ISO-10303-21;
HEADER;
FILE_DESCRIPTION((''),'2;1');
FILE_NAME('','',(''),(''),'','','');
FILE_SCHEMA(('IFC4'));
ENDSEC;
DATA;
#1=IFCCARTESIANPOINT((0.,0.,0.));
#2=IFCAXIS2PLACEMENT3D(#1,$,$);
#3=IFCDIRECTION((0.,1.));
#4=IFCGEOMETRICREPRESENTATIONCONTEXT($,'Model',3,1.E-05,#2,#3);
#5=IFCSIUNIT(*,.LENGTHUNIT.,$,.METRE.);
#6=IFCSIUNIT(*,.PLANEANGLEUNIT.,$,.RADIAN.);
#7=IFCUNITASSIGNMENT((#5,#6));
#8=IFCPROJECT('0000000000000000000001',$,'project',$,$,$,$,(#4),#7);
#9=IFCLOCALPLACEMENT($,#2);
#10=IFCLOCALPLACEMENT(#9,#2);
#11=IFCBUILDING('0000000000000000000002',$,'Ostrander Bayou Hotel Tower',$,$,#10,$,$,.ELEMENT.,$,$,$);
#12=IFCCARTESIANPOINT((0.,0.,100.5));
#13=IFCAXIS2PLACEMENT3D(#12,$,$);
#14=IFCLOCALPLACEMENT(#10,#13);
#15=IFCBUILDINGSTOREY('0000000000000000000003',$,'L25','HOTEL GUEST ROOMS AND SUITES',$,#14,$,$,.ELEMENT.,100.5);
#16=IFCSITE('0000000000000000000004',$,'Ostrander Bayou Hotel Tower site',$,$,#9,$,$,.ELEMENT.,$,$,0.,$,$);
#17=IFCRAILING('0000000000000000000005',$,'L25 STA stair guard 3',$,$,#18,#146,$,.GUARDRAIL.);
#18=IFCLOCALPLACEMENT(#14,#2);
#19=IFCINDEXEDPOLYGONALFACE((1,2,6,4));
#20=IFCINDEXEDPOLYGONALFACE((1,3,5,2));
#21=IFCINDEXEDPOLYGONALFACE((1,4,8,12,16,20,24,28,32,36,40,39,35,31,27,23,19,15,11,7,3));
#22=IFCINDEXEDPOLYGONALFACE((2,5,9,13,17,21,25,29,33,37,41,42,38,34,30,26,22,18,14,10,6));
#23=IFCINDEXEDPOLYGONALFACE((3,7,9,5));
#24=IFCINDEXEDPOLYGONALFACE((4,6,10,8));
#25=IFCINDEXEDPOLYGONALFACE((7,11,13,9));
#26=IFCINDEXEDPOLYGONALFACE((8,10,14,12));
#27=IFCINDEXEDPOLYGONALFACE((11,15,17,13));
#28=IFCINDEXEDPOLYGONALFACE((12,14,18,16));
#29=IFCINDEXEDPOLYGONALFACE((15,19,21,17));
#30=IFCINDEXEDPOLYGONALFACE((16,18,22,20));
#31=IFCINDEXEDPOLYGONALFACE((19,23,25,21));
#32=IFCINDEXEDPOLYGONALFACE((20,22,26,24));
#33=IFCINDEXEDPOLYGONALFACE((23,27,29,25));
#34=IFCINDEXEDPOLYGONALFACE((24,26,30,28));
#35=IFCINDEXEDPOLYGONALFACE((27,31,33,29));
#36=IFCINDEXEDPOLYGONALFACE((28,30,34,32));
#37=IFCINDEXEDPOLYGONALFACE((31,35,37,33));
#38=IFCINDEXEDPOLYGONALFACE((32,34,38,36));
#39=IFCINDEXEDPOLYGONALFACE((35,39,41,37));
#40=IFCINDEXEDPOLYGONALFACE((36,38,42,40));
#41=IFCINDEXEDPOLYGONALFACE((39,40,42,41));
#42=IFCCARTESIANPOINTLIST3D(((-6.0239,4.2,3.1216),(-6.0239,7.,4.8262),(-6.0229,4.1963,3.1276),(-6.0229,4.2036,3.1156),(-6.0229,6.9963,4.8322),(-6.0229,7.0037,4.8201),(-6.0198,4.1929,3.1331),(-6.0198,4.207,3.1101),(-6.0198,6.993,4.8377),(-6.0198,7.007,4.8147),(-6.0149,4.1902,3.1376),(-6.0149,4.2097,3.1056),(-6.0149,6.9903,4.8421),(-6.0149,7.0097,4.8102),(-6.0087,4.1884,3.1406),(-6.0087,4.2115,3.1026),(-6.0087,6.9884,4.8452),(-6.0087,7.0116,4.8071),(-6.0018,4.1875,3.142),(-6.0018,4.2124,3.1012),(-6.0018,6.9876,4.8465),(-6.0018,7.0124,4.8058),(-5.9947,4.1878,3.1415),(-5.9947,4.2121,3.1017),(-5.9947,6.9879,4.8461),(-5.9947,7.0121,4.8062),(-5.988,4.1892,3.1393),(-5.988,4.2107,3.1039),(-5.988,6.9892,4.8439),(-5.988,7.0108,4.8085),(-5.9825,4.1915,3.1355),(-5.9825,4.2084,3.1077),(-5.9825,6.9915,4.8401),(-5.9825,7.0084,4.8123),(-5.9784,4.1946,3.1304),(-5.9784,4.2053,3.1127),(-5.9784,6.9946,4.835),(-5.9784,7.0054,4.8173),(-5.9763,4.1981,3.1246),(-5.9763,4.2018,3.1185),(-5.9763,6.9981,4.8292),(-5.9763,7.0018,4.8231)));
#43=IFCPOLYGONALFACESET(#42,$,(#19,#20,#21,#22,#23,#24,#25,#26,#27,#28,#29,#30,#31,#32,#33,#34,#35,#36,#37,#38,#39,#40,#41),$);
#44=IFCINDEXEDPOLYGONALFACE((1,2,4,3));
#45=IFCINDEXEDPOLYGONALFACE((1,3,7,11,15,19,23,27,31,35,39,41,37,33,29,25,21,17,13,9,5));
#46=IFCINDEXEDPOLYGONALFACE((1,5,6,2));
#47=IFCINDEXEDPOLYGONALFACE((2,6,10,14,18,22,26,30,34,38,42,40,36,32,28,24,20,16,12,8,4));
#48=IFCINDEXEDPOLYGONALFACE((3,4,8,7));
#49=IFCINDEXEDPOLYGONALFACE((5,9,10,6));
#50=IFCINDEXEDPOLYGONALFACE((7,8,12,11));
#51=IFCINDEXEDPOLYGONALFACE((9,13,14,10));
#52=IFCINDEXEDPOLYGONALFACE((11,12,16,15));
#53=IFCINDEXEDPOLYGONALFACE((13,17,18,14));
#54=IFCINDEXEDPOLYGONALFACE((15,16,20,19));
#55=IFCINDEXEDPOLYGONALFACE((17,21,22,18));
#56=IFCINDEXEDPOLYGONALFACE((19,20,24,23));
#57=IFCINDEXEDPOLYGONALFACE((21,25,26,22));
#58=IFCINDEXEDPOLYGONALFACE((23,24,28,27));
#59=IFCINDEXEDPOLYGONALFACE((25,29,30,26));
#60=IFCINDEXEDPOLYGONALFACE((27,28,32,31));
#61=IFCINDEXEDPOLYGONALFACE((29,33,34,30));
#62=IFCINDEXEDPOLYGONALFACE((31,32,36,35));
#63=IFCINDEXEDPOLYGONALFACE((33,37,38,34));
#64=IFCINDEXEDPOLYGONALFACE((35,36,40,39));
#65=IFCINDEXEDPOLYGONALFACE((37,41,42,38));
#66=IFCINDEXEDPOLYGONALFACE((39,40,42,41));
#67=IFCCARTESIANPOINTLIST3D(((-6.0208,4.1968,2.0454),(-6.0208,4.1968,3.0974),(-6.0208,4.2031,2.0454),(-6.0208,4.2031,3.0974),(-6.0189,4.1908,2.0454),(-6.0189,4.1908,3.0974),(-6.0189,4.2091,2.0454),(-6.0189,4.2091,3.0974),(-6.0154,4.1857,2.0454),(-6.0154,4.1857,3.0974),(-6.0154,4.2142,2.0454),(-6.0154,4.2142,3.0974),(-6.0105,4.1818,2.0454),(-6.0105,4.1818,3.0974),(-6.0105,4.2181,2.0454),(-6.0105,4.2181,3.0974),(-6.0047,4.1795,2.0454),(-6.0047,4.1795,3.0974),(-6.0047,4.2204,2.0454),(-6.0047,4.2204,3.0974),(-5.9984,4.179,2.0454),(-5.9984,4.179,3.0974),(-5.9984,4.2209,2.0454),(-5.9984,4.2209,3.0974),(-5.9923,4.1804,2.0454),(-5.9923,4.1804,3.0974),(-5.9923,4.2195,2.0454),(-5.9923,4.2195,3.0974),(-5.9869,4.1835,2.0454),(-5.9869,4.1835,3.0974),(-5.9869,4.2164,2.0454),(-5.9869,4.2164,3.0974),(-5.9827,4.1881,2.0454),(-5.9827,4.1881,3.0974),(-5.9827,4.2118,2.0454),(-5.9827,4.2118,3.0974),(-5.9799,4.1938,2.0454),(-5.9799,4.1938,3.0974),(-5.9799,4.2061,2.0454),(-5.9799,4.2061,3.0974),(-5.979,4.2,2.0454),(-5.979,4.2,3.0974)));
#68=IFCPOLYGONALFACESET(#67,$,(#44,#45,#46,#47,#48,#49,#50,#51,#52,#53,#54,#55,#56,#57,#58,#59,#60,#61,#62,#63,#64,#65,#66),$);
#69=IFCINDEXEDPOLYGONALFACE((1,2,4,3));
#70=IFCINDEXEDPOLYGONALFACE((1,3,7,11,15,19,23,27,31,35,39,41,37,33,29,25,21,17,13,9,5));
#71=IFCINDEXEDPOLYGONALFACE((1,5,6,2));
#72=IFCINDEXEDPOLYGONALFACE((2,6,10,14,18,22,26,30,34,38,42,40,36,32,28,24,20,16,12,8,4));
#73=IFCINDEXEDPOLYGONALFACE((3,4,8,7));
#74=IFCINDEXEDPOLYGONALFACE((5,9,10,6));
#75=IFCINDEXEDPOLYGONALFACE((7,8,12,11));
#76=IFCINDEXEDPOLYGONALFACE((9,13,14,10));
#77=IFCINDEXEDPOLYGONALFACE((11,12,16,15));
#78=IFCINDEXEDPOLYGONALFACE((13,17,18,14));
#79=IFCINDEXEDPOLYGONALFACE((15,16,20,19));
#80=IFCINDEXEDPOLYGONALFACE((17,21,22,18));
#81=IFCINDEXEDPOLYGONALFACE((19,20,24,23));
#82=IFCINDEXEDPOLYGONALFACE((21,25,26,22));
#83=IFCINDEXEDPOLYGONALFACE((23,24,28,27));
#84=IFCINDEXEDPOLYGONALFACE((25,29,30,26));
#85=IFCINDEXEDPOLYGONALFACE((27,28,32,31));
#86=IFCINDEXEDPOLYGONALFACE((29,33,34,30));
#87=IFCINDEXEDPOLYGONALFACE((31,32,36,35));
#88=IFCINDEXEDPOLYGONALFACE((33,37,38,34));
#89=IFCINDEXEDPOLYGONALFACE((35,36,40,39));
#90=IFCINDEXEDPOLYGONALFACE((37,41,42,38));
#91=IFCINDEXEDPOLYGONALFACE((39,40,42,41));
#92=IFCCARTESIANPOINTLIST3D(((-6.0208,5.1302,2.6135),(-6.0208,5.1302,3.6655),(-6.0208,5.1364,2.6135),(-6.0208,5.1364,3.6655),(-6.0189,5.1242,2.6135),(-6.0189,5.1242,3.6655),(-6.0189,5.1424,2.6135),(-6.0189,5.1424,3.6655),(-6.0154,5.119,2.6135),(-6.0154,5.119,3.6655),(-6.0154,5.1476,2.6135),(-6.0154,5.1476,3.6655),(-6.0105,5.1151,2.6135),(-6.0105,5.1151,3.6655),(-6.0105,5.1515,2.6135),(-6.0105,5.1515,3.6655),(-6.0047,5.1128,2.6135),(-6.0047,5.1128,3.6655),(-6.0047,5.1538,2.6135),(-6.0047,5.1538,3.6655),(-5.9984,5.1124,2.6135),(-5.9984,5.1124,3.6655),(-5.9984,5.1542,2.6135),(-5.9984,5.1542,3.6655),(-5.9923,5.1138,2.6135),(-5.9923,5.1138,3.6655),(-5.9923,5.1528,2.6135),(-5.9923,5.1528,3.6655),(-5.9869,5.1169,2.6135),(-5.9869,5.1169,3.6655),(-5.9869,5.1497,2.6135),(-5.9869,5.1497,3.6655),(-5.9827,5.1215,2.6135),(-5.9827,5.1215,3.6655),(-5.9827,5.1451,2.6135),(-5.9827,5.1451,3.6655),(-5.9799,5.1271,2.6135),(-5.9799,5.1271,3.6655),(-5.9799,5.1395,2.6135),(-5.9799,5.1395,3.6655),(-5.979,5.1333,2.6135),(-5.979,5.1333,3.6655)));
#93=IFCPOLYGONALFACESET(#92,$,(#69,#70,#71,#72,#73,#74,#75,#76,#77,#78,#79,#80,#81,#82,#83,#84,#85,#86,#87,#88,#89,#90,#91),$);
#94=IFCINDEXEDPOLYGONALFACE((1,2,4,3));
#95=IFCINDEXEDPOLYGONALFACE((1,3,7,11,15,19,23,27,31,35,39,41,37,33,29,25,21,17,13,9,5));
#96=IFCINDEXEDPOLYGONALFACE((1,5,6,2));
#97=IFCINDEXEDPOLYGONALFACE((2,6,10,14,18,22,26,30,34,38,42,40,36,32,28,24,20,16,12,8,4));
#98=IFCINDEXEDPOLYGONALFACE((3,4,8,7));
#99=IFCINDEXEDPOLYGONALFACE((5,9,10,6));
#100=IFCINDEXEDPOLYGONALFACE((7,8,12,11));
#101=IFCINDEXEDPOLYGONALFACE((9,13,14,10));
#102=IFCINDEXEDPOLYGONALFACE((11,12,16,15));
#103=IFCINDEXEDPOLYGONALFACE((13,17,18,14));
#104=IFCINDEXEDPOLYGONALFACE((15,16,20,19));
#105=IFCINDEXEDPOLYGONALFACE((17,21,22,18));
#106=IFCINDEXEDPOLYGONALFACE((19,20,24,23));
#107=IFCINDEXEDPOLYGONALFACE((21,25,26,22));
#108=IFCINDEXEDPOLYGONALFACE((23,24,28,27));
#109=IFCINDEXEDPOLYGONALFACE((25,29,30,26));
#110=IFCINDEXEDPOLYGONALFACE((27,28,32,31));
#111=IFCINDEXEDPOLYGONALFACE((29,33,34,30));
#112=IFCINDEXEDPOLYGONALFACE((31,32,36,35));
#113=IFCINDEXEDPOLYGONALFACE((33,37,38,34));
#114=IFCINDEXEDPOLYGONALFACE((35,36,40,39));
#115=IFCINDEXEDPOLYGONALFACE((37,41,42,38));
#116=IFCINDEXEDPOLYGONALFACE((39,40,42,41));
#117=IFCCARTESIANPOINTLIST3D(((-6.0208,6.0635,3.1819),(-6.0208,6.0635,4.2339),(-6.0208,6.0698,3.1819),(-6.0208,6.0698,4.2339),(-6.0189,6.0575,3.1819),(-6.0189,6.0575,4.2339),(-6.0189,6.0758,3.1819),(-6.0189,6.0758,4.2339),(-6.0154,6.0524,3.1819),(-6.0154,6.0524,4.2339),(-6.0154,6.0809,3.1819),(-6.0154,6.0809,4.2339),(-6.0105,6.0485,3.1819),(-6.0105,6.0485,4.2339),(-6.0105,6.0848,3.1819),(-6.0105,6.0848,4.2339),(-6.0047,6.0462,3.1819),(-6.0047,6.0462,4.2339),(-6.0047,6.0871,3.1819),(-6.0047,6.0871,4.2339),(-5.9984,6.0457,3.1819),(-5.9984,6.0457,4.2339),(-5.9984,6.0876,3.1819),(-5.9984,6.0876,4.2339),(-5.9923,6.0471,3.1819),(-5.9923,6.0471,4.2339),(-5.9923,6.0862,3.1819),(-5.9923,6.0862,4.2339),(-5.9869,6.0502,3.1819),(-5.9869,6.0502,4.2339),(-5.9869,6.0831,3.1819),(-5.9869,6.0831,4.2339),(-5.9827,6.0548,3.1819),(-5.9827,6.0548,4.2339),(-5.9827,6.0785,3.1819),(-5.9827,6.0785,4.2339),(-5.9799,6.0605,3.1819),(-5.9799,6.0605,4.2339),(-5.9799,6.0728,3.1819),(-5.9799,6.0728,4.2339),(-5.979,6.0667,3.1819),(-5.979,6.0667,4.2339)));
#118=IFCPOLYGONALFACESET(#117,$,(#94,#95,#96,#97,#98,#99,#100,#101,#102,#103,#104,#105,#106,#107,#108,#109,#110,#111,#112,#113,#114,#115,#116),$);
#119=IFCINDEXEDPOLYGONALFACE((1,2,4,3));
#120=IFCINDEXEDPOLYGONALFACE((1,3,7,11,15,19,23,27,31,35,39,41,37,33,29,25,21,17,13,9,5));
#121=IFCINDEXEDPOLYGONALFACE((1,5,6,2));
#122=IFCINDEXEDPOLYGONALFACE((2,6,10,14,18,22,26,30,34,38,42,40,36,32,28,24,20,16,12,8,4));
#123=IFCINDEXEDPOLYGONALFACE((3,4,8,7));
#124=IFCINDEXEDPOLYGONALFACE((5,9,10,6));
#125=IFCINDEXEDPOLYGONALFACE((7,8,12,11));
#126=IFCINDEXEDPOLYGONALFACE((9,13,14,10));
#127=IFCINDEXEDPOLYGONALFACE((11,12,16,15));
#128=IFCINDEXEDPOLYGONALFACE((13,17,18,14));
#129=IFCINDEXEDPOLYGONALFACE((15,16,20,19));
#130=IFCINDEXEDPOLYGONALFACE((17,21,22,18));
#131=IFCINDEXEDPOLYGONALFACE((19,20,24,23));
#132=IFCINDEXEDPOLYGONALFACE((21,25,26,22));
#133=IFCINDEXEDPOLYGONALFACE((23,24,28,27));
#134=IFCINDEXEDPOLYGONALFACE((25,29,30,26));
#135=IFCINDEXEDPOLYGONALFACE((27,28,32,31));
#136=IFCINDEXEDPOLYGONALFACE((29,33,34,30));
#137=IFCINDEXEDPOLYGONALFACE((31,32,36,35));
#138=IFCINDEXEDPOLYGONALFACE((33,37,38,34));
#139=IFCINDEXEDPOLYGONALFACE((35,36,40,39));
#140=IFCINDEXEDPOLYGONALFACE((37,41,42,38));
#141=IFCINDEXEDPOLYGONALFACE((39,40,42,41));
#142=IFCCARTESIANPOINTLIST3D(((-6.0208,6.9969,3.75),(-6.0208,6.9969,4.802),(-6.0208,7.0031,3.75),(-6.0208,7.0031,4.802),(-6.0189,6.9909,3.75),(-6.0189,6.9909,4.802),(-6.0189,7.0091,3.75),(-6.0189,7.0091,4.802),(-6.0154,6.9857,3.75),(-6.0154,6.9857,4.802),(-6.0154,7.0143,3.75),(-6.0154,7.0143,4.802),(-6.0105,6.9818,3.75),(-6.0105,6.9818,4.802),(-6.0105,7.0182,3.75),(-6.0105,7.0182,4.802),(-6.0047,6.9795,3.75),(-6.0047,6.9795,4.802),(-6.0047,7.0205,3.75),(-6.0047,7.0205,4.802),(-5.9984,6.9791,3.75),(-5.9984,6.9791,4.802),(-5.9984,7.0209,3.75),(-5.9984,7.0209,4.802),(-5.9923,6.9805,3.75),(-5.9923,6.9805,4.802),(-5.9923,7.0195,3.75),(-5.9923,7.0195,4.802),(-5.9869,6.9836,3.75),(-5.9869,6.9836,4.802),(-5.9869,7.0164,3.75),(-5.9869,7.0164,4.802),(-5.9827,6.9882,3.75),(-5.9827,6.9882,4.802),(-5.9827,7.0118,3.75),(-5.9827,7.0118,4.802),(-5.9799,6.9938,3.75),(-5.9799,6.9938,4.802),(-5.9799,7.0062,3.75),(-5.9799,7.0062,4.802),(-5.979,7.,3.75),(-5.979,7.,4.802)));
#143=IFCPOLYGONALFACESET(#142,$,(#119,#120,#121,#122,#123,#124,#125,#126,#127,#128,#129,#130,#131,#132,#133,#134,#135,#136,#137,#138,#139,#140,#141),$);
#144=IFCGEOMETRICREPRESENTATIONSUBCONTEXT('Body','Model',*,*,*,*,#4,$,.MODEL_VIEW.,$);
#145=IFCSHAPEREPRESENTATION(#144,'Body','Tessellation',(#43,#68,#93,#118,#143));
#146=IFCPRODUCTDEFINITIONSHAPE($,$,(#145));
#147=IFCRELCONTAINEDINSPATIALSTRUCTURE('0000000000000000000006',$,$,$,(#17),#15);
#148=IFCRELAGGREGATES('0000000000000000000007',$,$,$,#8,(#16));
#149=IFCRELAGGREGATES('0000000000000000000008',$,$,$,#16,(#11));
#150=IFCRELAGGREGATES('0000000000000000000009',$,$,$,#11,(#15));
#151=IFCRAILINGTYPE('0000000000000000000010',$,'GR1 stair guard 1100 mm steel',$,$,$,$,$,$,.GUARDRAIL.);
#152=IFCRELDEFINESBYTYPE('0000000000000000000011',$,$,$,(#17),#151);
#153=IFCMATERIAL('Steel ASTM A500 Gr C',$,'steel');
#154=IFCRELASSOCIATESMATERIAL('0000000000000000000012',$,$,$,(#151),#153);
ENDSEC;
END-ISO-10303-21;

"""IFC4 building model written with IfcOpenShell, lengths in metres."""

from ifc_helpers import new_model, si_unit, direction, frame, origin, origin_2d, place, context, subcontext, project, spatial, circle, extrude, material, type_object, element, save


model = new_model("IFC4")

# Units and contexts
model_context = context("Model", 3, precision=1e-05, world=origin(), true_north=direction((0.0, 1.0)))
body_context = subcontext(model_context, "Body", "Model", "MODEL_VIEW")
ifc_project = project(units=[si_unit("LENGTHUNIT", "METRE"), si_unit("PLANEANGLEUNIT", "RADIAN")], contexts=[model_context])

# Site, building, storey
site_placement = place(None, origin())
site = spatial("IfcSite", under=ifc_project, at=site_placement, Name="Ostrander Bayou Hotel Tower site", CompositionType="ELEMENT", RefElevation=0.0)
building_placement = place(site_placement, origin())
building = spatial("IfcBuilding", under=site, at=building_placement, Name="Ostrander Bayou Hotel Tower", CompositionType="ELEMENT")
storey_placement = place(building_placement, frame((0.0, 0.0, 100.5)))
storey = spatial("IfcBuildingStorey", under=building, at=storey_placement, Name="L25", Description="HOTEL GUEST ROOMS AND SUITES", CompositionType="ELEMENT", Elevation=100.5)

# Railing
ifc_material_1 = material(Name="Steel ASTM A500 Gr C", Category="steel")
railing_type_1 = type_object("IfcRailingType", Name="GR1 stair guard 1100 mm steel", PredefinedType="GUARDRAIL", material=ifc_material_1)
railing_1_placement = place(storey_placement, frame((-6.0, 4.2, 2.0454)))
element("IfcRailing", 1, at=railing_1_placement, inside=storey, type_object=railing_type_1, Name="L25 STA stair guard 3", PredefinedType="GUARDRAIL", context=body_context, shape_type="SweptSolid", body=[
    extrude(circle(Radius=0.0239, at=origin_2d()), frame((0.0, 0.0, 1.0762), z_axis=(0.0, 0.85417, 0.519994), x_axis=(-1.0, 0.0, 0.0)), (0.0, 0.0, 1.0), 3.2781),
    extrude(circle(Radius=0.021, at=origin_2d()), origin(), (0.0, 0.0, 1.0), 1.052),
    extrude(circle(Radius=0.021, at=origin_2d()), frame((0.0, 0.9333, 0.5681)), (0.0, 0.0, 1.0), 1.052),
    extrude(circle(Radius=0.021, at=origin_2d()), frame((0.0, 1.8667, 1.1365)), (0.0, 0.0, 1.0), 1.052),
    extrude(circle(Radius=0.021, at=origin_2d()), frame((0.0, 2.8, 1.7046)), (0.0, 0.0, 1.0), 1.052),
])

save(model, "model.ifc")
